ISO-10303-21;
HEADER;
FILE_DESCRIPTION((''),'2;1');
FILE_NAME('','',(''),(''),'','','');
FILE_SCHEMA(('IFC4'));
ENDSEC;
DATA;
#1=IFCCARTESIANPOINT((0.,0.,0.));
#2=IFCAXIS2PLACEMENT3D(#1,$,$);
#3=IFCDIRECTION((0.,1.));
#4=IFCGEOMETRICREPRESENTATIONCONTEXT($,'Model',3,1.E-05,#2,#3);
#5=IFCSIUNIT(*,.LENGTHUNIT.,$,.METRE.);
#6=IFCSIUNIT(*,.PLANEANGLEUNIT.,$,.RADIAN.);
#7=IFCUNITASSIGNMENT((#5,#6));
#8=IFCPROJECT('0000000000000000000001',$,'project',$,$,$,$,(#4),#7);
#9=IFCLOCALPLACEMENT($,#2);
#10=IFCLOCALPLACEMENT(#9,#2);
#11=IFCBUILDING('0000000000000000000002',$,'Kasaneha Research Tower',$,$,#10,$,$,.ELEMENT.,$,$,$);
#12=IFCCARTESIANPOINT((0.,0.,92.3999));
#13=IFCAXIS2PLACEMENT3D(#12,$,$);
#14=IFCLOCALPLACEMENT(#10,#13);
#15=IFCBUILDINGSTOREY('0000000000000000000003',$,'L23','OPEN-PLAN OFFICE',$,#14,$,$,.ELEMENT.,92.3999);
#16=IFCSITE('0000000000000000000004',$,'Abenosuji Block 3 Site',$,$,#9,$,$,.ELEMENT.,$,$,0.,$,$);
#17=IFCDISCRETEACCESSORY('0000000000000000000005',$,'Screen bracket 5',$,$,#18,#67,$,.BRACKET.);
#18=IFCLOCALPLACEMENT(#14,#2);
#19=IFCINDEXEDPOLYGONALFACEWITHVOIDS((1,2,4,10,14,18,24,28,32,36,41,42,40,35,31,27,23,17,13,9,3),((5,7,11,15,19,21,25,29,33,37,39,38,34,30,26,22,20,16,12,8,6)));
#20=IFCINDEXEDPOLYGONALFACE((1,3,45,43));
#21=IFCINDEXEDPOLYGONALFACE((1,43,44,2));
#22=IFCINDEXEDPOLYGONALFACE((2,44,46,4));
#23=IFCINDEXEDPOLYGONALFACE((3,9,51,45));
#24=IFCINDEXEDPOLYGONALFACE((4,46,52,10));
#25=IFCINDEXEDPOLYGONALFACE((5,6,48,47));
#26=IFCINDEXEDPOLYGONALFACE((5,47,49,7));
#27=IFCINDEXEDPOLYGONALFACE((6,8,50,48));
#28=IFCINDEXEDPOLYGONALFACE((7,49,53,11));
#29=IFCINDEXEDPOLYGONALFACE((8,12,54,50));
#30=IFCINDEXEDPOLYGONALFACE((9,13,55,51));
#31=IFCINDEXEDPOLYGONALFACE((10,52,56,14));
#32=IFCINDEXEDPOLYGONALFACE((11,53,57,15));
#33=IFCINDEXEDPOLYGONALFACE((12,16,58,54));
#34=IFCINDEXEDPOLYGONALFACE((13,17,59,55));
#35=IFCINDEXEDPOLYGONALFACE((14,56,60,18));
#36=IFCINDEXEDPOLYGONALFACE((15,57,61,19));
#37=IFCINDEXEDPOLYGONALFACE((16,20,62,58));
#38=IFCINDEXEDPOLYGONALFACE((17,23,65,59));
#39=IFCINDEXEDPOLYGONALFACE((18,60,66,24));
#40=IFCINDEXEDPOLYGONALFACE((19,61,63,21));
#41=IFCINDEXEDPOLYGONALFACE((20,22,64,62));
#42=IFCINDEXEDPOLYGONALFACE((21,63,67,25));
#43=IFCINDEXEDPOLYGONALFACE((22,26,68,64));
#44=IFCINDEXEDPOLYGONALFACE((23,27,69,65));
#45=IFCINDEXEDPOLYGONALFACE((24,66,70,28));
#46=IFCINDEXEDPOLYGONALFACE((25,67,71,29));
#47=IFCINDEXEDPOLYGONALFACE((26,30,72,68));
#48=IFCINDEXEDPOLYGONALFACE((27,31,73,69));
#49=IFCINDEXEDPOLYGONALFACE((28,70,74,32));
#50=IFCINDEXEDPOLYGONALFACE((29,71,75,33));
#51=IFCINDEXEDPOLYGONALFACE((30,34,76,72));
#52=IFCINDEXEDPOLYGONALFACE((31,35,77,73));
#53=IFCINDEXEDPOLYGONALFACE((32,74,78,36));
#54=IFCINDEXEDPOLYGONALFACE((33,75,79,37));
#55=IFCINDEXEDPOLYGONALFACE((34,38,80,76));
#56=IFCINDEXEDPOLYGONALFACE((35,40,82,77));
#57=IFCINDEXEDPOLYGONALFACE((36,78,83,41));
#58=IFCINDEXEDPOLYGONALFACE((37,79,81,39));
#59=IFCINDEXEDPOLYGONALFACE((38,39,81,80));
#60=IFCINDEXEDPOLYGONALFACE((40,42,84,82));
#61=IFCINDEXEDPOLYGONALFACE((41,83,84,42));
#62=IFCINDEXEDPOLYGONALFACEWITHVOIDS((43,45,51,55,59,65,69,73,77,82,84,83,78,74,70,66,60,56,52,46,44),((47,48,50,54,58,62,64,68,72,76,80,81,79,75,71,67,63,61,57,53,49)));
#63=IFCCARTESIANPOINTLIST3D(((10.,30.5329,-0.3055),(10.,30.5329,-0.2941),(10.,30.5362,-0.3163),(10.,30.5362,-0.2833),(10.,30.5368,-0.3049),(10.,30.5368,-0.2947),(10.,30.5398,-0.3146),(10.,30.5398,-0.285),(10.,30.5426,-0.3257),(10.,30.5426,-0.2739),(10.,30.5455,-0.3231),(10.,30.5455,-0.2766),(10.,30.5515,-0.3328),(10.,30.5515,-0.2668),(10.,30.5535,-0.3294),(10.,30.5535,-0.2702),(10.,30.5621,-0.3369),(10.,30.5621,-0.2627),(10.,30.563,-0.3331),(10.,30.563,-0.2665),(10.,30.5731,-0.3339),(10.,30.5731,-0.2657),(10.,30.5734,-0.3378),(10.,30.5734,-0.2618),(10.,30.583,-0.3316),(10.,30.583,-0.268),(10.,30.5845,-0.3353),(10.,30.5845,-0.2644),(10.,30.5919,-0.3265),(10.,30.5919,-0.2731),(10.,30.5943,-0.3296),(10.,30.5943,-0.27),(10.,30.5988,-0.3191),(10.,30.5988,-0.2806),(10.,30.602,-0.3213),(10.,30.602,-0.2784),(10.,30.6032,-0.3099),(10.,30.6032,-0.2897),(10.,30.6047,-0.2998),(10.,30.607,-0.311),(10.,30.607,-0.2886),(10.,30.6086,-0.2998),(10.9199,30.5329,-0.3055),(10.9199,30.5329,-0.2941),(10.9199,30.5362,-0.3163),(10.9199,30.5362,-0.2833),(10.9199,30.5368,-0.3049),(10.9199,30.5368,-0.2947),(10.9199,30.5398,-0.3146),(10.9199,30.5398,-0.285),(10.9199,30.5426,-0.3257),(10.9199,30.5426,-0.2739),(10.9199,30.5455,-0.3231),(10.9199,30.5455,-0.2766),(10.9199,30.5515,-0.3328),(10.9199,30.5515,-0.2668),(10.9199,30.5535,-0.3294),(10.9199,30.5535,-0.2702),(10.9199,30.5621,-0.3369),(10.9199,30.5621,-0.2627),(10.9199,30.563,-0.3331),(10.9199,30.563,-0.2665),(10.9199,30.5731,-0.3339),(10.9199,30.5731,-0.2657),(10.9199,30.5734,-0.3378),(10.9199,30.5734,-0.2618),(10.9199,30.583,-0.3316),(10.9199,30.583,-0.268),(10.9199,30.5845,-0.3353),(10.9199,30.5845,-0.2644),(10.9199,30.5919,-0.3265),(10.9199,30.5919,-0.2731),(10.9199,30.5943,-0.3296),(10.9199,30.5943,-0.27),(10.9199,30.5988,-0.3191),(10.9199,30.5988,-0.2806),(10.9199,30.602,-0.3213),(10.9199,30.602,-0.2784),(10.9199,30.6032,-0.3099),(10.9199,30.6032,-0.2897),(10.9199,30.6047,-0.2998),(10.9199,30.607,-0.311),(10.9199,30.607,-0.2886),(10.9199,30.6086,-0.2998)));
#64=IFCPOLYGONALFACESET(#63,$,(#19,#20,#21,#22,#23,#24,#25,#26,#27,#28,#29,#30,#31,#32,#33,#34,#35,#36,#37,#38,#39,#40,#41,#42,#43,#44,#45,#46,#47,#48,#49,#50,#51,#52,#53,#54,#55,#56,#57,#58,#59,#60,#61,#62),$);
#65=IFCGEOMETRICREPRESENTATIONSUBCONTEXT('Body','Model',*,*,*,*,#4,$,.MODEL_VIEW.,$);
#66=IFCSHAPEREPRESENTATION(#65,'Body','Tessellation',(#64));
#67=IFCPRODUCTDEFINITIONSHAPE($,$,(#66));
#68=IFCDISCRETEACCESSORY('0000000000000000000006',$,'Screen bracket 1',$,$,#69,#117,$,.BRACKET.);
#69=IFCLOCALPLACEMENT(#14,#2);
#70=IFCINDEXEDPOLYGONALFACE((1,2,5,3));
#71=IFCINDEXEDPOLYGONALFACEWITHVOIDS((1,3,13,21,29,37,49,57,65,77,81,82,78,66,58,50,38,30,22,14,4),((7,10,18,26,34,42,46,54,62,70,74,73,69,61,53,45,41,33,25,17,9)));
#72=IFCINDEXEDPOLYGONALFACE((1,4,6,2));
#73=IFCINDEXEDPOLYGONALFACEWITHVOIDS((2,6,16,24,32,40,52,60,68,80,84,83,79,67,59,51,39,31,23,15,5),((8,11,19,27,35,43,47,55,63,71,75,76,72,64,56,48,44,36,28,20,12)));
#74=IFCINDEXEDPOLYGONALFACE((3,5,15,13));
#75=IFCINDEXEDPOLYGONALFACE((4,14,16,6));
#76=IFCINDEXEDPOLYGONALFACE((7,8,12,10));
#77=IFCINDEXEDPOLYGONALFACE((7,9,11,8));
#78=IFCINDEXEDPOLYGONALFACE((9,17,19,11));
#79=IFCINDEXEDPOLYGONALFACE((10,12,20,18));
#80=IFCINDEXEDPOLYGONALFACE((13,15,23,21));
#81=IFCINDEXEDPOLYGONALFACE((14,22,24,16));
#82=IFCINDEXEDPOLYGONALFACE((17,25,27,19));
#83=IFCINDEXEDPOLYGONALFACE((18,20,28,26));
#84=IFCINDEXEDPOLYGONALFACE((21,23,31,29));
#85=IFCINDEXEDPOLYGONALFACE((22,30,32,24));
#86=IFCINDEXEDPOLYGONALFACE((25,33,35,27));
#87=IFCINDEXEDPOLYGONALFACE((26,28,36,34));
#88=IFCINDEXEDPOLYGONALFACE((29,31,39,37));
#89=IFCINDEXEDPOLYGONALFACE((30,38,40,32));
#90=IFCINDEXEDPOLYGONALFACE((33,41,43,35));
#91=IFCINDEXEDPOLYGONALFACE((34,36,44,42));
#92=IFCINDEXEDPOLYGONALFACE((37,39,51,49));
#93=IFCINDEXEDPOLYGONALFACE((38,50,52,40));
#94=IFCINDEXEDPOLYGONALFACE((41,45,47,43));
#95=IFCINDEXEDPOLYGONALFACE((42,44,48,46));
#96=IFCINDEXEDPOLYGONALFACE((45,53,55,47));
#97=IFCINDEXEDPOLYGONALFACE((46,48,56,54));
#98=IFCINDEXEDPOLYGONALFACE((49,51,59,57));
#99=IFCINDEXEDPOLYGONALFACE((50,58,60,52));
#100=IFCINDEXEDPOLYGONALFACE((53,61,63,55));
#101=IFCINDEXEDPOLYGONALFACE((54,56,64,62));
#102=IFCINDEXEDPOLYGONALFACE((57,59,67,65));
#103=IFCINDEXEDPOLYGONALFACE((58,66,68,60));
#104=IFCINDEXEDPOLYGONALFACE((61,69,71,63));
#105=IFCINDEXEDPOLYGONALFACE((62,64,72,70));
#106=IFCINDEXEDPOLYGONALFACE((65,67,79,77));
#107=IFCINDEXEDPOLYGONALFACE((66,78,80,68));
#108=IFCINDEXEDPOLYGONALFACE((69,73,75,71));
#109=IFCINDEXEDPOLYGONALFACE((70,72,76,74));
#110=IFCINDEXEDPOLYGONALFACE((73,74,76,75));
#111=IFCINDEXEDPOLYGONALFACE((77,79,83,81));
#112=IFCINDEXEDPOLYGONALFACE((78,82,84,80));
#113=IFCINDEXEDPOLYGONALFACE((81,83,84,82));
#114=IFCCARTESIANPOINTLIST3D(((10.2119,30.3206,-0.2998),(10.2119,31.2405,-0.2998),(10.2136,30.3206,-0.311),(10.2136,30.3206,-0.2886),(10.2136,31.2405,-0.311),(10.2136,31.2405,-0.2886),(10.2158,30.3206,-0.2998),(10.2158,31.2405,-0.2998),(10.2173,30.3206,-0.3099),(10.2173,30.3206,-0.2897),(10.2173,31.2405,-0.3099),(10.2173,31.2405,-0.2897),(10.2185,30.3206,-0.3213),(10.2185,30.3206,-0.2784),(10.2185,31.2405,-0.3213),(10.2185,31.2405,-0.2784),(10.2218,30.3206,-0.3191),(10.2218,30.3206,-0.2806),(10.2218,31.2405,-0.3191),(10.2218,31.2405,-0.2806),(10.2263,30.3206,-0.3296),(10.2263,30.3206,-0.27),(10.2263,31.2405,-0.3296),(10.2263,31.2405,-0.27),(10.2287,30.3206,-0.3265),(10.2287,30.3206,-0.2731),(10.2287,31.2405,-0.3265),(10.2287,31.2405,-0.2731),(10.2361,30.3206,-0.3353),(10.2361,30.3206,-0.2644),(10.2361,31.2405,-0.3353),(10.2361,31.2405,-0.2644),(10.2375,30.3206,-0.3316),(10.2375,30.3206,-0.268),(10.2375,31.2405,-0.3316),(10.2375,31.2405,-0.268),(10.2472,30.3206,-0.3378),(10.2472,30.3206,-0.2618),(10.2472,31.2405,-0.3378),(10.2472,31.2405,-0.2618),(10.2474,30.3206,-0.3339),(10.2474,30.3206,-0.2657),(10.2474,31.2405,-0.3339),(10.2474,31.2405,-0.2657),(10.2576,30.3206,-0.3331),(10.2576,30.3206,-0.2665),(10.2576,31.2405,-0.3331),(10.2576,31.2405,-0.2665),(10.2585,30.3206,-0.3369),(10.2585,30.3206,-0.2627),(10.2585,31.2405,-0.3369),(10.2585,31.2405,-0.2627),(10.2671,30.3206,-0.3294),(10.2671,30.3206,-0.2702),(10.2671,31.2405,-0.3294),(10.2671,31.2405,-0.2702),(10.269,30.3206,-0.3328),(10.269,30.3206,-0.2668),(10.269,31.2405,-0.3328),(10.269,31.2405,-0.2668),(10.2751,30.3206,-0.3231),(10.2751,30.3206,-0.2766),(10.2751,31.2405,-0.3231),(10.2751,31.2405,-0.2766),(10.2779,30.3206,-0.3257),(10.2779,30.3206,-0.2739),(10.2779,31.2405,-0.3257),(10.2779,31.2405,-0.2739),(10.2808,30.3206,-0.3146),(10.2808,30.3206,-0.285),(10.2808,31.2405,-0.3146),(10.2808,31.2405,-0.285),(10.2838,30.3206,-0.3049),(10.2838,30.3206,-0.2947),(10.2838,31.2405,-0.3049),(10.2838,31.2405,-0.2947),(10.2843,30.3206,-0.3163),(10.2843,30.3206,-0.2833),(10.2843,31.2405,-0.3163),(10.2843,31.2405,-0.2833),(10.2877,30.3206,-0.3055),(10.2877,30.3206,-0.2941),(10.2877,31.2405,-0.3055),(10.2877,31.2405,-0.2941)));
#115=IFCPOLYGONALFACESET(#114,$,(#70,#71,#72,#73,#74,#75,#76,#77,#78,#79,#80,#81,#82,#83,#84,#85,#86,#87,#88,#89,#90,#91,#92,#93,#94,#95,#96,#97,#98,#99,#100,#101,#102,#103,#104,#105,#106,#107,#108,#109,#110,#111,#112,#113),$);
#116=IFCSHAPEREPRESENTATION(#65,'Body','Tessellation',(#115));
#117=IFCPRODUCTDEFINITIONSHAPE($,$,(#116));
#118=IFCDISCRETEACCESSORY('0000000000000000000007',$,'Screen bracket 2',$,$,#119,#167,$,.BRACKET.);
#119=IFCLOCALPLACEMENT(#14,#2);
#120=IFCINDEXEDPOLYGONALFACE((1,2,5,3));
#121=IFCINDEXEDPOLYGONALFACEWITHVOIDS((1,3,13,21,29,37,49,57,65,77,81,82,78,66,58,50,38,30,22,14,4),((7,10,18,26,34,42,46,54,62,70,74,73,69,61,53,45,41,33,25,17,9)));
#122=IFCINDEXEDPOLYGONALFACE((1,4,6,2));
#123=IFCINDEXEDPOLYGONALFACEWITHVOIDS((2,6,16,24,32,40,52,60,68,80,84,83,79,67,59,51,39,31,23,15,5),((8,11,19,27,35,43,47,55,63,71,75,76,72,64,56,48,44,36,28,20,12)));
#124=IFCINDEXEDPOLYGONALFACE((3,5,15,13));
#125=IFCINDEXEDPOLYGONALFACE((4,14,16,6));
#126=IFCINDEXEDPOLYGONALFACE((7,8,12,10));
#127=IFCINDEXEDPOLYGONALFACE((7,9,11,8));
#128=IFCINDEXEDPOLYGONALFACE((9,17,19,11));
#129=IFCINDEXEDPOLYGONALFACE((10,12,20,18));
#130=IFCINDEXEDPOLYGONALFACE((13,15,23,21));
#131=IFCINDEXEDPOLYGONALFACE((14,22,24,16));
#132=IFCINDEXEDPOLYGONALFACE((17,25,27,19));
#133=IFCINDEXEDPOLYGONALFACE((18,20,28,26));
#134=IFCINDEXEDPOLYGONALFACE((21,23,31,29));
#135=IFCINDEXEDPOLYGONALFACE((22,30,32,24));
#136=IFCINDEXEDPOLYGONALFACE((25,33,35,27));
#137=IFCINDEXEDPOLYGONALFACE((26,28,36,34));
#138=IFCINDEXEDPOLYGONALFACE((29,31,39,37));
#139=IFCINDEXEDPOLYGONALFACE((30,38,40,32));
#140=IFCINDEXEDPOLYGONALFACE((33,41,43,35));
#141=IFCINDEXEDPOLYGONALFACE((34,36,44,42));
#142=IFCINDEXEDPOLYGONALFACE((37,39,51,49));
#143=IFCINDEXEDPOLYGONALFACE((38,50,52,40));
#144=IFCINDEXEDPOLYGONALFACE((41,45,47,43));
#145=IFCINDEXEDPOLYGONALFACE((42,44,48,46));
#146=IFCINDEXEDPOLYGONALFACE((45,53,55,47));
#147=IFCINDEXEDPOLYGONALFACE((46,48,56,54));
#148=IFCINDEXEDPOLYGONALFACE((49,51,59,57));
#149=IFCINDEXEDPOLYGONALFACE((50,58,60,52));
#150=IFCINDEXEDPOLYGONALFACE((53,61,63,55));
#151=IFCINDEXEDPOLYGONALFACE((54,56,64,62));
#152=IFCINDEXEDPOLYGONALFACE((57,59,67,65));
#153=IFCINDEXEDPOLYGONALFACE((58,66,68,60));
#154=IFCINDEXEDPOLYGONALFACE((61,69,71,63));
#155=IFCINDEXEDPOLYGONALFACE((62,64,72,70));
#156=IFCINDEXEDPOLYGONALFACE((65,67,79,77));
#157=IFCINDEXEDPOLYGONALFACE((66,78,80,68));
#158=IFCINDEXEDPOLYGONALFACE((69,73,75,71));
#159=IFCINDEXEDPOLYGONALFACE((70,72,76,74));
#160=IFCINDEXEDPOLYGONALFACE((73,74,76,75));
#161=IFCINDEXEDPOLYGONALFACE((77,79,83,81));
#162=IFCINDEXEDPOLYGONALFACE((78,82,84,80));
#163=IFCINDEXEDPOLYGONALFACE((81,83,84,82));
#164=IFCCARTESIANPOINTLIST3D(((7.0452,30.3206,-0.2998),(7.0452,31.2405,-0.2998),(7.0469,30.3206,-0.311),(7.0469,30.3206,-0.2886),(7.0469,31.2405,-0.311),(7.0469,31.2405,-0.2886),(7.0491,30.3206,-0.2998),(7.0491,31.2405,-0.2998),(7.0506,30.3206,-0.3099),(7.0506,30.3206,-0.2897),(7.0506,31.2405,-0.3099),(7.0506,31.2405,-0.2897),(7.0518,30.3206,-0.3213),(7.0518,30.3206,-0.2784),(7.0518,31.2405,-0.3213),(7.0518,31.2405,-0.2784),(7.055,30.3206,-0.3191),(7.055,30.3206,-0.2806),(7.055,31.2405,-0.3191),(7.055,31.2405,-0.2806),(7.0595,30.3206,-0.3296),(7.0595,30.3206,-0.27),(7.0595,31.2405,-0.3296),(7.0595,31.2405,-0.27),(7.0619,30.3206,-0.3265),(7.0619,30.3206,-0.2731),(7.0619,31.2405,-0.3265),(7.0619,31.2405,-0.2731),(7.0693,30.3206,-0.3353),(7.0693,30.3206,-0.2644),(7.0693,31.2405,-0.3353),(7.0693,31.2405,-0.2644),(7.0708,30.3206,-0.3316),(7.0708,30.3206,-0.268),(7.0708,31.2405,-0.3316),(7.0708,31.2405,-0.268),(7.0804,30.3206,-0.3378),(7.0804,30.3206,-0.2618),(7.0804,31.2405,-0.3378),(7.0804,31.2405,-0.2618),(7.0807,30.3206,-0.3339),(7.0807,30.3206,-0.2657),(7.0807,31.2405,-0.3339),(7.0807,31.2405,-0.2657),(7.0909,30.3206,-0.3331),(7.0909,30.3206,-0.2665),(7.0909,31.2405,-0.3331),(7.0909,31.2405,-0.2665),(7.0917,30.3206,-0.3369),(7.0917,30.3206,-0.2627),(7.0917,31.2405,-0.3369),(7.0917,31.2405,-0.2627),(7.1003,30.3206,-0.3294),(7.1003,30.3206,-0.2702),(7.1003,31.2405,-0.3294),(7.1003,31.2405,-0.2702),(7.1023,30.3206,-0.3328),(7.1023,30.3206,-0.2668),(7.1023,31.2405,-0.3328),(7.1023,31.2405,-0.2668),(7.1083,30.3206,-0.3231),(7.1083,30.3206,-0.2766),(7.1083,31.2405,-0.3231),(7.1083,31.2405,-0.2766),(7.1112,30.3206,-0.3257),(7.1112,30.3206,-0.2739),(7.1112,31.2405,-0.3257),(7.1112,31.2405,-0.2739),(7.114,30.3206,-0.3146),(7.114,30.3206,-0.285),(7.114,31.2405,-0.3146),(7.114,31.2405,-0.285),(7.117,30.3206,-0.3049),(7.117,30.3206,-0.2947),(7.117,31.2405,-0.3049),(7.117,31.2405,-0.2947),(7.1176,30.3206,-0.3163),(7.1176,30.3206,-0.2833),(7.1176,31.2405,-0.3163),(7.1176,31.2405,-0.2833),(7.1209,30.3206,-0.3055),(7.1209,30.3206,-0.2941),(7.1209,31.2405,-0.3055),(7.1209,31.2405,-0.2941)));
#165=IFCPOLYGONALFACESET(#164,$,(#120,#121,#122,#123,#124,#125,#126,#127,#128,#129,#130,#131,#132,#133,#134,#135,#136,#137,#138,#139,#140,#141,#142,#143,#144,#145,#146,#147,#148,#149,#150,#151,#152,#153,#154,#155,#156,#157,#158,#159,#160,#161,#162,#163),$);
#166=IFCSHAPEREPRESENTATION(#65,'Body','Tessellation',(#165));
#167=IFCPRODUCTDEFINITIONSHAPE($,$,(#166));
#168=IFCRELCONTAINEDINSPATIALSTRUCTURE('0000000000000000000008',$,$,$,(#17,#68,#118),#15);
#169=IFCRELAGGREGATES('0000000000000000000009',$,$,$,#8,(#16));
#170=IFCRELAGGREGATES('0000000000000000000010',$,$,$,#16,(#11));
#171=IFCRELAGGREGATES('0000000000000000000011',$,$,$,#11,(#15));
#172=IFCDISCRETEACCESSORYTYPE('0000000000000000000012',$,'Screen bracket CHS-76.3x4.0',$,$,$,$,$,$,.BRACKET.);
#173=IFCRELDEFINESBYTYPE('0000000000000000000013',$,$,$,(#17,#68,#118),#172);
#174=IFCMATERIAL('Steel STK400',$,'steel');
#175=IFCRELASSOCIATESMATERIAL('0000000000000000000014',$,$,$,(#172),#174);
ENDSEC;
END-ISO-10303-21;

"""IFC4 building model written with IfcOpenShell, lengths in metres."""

from ifc_helpers import new_model, si_unit, direction, frame, origin, origin_2d, place, context, subcontext, project, spatial, hollow_circle, extrude, material, material_profile, profile_set, type_object, element, save


model = new_model("IFC4")

# Units and contexts
model_context = context("Model", 3, precision=1e-05, world=origin(), true_north=direction((0.0, 1.0)))
body_context = subcontext(model_context, "Body", "Model", "MODEL_VIEW")
ifc_project = project(units=[si_unit("LENGTHUNIT", "METRE"), si_unit("PLANEANGLEUNIT", "RADIAN")], contexts=[model_context])

# Site, building, storey
site_placement = place(None, origin())
site = spatial("IfcSite", under=ifc_project, at=site_placement, Name="Abenosuji Block 3 Site", CompositionType="ELEMENT", RefElevation=0.0)
building_placement = place(site_placement, origin())
building = spatial("IfcBuilding", under=site, at=building_placement, Name="Kasaneha Research Tower", CompositionType="ELEMENT")
storey_placement = place(building_placement, frame((0.0, 0.0, 92.3999)))
storey = spatial("IfcBuildingStorey", under=building, at=storey_placement, Name="L23", Description="OPEN-PLAN OFFICE", CompositionType="ELEMENT", Elevation=92.3999)

# Discrete accessories
ifc_material_1 = material(Name="Steel STK400", Category="steel")
ifc_material_profile_1 = material_profile(ifc_material_1, hollow_circle(Radius=0.0381, WallThickness=0.0039, at=origin_2d()), Name="CHS-76.3x4.0")
ifc_profile_set_1 = profile_set([ifc_material_profile_1], Name="Steel STK400")
discrete_accessory_type = type_object("IfcDiscreteAccessoryType", Name="Screen bracket CHS-76.3x4.0", PredefinedType="BRACKET", material=ifc_profile_set_1)
for number, where, z_axis, x_axis, name in (
    (1, (10.0, 30.5706, -0.2998), (1.0, 0.0, 0.0), (0.0, 1.0, 0.0), "Screen bracket 5"),
    (2, (10.25, 30.3206, -0.2998), (0.0, 1.0, 0.0), (-1.0, 0.0, 0.0), "Screen bracket 1"),
    (3, (7.0833, 30.3206, -0.2998), (0.0, 1.0, 0.0), (-1.0, 0.0, 0.0), "Screen bracket 2"),
):
    element("IfcDiscreteAccessory", number, at=place(storey_placement, frame(where, z_axis=z_axis, x_axis=x_axis)), inside=storey, type_object=discrete_accessory_type, Name=name, PredefinedType="BRACKET", context=body_context, shape_type="SweptSolid", body=[
        extrude(hollow_circle(Radius=0.0381, WallThickness=0.0039, at=origin_2d()), origin(), (0.0, 0.0, 1.0), 0.9199),
    ])

save(model, "model.ifc")
